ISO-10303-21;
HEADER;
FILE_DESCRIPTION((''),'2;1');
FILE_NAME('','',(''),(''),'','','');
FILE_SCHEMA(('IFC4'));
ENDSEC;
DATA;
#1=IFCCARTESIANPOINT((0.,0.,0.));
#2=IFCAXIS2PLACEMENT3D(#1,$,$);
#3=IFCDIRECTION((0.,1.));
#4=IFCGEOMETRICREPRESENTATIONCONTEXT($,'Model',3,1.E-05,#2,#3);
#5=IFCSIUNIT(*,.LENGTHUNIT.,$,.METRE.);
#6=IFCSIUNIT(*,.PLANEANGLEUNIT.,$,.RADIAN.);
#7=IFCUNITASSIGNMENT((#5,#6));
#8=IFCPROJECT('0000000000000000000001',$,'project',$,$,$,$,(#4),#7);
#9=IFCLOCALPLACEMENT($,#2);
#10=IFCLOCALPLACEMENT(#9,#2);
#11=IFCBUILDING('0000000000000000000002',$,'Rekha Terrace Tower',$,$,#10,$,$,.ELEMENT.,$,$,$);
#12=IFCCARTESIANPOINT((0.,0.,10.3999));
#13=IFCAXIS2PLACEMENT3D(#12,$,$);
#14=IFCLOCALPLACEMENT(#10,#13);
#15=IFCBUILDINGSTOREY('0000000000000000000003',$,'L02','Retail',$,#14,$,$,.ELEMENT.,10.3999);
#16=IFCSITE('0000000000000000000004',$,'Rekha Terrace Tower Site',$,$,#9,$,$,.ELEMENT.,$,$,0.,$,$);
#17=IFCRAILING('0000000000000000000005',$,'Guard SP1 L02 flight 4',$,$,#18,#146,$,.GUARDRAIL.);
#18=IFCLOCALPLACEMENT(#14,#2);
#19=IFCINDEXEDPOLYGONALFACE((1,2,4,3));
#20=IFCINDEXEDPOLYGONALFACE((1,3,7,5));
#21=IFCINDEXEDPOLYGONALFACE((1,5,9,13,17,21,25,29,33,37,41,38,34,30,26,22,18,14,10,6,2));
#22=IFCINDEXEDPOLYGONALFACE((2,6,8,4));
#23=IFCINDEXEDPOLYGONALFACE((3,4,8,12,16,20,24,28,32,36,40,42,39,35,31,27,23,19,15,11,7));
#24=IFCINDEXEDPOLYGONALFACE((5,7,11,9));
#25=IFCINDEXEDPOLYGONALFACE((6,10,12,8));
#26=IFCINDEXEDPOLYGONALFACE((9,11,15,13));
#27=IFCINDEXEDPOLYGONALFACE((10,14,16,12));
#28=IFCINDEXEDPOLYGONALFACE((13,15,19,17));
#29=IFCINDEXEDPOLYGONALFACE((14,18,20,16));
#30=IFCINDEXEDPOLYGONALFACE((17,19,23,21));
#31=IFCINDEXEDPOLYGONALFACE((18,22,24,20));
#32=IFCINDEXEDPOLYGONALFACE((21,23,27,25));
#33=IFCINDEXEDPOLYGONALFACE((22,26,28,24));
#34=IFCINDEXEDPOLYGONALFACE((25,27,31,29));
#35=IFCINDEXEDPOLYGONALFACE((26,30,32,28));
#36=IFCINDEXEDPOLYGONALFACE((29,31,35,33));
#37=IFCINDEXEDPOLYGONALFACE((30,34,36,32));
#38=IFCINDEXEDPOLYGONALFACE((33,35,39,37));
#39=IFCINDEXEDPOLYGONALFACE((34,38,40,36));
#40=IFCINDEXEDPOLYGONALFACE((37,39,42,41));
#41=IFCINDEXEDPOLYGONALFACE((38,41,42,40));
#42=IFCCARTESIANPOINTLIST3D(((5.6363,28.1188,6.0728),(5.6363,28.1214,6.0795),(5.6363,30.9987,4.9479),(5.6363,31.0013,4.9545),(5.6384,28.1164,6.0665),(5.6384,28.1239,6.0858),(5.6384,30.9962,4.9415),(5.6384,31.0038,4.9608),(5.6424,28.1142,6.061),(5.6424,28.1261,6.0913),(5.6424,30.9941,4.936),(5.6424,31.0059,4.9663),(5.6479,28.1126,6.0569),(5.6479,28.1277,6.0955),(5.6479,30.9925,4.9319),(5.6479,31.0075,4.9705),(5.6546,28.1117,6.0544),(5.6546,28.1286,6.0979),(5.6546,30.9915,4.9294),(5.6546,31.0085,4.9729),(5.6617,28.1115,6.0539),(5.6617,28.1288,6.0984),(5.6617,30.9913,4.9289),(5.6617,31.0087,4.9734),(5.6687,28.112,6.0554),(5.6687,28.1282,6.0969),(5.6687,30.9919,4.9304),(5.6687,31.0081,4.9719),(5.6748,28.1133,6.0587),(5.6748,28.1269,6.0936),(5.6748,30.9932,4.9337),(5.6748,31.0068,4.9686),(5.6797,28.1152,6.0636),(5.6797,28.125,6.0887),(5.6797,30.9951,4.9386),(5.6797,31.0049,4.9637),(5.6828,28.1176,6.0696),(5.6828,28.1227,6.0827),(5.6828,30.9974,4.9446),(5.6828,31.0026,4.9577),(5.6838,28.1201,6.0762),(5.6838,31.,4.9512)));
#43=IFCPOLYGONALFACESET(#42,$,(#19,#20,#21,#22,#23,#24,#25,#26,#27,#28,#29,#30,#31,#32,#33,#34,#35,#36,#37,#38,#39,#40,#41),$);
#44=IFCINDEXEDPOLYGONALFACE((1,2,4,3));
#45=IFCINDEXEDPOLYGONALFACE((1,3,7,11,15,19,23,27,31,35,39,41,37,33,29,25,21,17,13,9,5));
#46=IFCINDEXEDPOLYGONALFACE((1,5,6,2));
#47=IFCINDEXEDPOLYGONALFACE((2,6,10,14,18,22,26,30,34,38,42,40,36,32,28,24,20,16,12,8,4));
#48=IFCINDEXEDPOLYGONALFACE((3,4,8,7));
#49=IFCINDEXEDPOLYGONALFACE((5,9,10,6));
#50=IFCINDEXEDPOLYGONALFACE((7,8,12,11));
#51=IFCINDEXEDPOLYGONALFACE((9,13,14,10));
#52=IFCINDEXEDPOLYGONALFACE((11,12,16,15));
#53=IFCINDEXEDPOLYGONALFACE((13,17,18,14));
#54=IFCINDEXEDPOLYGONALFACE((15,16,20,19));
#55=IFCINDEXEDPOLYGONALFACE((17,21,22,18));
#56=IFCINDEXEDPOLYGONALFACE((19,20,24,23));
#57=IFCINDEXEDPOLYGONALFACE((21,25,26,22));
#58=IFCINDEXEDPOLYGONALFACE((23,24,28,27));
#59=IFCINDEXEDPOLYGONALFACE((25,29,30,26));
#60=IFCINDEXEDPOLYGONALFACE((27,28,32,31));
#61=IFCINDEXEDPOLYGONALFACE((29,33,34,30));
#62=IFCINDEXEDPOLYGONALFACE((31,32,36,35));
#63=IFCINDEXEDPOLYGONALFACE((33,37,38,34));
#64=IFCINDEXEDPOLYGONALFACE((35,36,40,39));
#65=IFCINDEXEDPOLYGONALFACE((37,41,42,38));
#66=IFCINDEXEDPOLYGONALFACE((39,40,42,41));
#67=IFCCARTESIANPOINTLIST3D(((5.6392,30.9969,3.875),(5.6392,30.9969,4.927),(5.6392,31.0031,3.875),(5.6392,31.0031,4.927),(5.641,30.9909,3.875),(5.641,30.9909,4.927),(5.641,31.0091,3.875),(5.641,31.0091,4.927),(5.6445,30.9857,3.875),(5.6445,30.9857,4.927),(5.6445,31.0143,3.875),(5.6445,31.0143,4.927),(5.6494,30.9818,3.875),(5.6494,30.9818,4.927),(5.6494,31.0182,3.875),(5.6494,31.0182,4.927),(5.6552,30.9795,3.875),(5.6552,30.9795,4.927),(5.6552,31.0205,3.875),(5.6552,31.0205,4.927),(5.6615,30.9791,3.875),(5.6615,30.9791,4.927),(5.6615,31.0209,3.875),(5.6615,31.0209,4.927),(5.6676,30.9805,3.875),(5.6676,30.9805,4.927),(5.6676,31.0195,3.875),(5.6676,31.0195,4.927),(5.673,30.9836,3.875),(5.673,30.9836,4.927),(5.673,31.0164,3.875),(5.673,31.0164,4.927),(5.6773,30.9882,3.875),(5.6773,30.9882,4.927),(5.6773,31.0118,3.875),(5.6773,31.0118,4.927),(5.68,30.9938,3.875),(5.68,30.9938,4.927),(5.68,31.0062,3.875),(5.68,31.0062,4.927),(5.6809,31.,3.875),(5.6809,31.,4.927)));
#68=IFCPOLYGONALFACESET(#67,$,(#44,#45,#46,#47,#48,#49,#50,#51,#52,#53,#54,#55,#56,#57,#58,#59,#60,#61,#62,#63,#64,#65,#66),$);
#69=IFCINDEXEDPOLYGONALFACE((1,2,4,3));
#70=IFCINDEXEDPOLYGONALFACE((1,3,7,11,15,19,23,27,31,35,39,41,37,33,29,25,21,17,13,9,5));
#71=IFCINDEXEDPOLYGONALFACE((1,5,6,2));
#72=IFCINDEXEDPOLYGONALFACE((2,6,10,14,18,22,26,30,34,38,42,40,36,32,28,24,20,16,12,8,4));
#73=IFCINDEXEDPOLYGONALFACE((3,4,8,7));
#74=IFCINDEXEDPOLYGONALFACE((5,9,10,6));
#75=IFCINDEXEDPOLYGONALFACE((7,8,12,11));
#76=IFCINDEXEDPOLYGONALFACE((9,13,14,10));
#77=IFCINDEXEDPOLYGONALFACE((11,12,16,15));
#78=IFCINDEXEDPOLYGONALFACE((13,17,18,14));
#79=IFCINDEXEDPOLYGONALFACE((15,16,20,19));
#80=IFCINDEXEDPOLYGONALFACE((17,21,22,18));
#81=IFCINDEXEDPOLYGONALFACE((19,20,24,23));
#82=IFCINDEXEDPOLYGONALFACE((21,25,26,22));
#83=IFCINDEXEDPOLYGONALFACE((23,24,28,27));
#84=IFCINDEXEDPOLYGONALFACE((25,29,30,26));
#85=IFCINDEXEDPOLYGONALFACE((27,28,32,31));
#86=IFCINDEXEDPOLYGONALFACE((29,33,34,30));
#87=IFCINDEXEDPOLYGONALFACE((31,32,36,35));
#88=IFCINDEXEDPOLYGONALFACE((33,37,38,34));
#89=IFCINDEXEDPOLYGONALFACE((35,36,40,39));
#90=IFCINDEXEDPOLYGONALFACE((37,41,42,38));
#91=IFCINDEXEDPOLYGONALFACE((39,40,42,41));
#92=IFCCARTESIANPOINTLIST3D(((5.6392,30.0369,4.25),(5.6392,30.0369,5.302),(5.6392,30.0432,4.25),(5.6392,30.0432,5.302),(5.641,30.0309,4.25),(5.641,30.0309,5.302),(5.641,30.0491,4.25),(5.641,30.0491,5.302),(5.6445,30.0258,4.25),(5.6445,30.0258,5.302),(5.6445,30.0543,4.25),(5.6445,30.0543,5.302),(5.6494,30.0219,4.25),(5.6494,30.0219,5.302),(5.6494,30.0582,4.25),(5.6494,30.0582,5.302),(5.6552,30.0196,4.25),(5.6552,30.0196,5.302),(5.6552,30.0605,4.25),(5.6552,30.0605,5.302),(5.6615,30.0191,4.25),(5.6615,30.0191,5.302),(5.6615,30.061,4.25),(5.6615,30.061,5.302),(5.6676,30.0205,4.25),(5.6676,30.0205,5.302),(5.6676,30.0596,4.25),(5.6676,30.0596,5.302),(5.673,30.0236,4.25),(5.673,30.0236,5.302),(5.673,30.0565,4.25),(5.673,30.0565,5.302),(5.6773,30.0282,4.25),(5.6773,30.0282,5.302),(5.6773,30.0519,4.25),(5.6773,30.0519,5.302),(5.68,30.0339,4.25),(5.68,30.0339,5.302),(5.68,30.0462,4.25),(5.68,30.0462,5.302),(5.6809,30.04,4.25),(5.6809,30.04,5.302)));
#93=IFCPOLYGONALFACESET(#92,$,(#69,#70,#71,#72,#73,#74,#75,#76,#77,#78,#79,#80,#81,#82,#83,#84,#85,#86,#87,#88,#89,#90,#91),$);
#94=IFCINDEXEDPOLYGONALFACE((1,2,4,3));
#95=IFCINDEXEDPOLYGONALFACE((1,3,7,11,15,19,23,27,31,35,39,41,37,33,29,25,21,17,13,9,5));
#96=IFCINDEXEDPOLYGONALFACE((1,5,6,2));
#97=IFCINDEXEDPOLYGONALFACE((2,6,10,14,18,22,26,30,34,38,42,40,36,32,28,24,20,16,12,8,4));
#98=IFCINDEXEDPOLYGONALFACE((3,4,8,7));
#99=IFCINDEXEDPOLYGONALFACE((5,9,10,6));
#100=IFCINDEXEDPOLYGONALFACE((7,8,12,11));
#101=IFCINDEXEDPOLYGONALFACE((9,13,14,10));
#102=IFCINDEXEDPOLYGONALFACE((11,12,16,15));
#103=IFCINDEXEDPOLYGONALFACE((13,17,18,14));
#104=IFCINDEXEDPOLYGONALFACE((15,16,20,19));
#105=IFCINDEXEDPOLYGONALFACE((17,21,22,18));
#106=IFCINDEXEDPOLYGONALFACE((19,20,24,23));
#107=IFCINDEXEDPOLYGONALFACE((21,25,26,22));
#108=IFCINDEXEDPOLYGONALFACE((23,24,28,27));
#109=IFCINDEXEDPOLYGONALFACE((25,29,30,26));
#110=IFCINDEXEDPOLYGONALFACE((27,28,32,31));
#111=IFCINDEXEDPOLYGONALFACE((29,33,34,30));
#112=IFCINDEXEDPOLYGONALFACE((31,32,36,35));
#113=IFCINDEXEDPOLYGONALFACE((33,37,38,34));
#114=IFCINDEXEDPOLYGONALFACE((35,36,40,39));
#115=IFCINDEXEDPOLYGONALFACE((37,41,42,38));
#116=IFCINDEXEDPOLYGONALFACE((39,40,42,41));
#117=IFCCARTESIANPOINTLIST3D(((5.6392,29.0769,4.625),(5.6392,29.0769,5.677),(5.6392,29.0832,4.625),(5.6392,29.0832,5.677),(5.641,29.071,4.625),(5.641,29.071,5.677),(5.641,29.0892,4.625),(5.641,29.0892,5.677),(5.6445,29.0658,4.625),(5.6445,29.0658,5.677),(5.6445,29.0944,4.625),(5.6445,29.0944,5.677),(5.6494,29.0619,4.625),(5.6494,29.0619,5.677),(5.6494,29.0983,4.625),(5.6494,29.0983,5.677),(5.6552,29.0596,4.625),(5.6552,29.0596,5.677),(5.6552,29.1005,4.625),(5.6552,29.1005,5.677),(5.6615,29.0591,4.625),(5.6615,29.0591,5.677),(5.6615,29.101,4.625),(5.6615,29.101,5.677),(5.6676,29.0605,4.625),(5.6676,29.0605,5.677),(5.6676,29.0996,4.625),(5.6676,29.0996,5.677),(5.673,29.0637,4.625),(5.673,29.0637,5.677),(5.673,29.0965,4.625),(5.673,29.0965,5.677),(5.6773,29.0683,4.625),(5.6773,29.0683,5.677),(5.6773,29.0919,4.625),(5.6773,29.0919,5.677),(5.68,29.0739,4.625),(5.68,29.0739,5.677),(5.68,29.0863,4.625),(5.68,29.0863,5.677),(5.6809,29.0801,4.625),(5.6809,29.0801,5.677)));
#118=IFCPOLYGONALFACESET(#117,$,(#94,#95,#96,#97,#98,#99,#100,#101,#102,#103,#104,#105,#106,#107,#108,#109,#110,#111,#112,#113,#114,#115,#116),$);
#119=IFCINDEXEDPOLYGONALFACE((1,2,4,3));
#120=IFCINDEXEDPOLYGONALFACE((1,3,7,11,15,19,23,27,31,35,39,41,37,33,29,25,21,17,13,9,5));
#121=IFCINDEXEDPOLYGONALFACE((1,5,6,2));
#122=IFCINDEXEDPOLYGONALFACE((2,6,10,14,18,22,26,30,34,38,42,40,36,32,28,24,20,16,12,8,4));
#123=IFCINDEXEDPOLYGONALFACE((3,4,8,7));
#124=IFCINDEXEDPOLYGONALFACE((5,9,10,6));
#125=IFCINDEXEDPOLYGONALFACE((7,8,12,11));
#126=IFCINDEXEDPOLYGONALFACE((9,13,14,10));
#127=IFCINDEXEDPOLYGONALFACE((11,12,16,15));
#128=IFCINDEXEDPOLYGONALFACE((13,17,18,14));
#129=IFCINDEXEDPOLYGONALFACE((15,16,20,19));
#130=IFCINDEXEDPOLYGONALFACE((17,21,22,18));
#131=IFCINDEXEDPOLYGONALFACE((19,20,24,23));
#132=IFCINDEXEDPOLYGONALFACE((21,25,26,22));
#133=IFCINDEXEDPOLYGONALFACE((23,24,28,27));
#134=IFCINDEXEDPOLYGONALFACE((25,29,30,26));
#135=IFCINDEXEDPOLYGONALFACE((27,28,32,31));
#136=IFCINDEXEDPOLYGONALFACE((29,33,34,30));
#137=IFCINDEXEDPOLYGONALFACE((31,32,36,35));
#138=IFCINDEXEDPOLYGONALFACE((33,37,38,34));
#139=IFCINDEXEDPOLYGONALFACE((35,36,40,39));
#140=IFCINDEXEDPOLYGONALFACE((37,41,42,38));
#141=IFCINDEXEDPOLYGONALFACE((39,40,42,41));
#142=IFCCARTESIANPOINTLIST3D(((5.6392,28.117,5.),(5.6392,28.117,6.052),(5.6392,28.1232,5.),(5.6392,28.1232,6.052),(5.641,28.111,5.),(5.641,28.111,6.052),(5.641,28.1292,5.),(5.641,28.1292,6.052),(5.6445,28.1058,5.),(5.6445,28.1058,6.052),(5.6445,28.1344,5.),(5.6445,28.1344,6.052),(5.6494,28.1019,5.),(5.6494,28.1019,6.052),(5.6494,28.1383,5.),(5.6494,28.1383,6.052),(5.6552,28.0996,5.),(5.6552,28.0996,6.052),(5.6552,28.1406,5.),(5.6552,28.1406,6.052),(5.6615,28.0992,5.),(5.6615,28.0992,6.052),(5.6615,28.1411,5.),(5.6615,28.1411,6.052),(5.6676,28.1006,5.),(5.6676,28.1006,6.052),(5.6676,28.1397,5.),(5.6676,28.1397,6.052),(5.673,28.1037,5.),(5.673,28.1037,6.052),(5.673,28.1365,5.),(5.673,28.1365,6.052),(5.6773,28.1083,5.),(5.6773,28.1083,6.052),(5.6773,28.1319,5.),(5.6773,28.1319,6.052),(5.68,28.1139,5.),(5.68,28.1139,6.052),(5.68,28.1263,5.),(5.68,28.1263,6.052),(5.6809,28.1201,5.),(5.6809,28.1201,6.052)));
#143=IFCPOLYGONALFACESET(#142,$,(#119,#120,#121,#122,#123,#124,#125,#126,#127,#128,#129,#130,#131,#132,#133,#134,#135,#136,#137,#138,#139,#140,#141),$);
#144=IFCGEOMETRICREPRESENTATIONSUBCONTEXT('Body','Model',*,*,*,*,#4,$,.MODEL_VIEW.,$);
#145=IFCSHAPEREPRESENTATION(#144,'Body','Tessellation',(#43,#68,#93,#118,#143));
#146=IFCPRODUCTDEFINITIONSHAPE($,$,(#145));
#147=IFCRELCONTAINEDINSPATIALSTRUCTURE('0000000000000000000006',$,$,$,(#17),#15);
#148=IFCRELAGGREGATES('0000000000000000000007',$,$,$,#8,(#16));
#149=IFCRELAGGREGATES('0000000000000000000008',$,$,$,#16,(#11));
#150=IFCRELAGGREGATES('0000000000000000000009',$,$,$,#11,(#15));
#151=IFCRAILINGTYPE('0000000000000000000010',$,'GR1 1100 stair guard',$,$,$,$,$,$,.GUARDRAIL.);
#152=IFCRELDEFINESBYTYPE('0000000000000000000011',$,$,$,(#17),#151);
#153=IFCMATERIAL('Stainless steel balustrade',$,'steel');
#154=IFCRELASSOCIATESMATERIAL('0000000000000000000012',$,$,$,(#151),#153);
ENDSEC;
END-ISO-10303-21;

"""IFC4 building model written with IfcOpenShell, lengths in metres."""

from ifc_helpers import new_model, si_unit, direction, frame, origin, origin_2d, place, context, subcontext, project, spatial, circle, extrude, material, type_object, element, save


model = new_model("IFC4")

# Units and contexts
model_context = context("Model", 3, precision=1e-05, world=origin(), true_north=direction((0.0, 1.0)))
body_context = subcontext(model_context, "Body", "Model", "MODEL_VIEW")
ifc_project = project(units=[si_unit("LENGTHUNIT", "METRE"), si_unit("PLANEANGLEUNIT", "RADIAN")], contexts=[model_context])

# Site, building, storey
site_placement = place(None, origin())
site = spatial("IfcSite", under=ifc_project, at=site_placement, Name="Rekha Terrace Tower Site", CompositionType="ELEMENT", RefElevation=0.0)
building_placement = place(site_placement, origin())
building = spatial("IfcBuilding", under=site, at=building_placement, Name="Rekha Terrace Tower", CompositionType="ELEMENT")
storey_placement = place(building_placement, frame((0.0, 0.0, 10.3999)))
storey = spatial("IfcBuildingStorey", under=building, at=storey_placement, Name="L02", Description="Retail", CompositionType="ELEMENT", Elevation=10.3999)

# Railing
ifc_material_1 = material(Name="Stainless steel balustrade", Category="steel")
railing_type_1 = type_object("IfcRailingType", Name="GR1 1100 stair guard", PredefinedType="GUARDRAIL", material=ifc_material_1)
railing_1_placement = place(storey_placement, frame((5.6599, 31.0, 3.875)))
element("IfcRailing", 1, at=railing_1_placement, inside=storey, type_object=railing_type_1, Name="Guard SP1 L02 flight 4", PredefinedType="GUARDRAIL", context=body_context, shape_type="SweptSolid", body=[
    extrude(circle(Radius=0.0239, at=origin_2d()), frame((0.0, 0.0, 1.0762), z_axis=(0.0, -0.931452, 0.363863), x_axis=(1.0, 0.0, 0.0)), (0.0, 0.0, 1.0), 3.0918),
    extrude(circle(Radius=0.021, at=origin_2d()), origin(), (0.0, 0.0, 1.0), 1.052),
    extrude(circle(Radius=0.021, at=origin_2d()), frame((0.0, -0.96, 0.375)), (0.0, 0.0, 1.0), 1.052),
    extrude(circle(Radius=0.021, at=origin_2d()), frame((0.0, -1.9199, 0.75)), (0.0, 0.0, 1.0), 1.052),
    extrude(circle(Radius=0.021, at=origin_2d()), frame((0.0, -2.8799, 1.125)), (0.0, 0.0, 1.0), 1.052),
])

save(model, "model.ifc")
